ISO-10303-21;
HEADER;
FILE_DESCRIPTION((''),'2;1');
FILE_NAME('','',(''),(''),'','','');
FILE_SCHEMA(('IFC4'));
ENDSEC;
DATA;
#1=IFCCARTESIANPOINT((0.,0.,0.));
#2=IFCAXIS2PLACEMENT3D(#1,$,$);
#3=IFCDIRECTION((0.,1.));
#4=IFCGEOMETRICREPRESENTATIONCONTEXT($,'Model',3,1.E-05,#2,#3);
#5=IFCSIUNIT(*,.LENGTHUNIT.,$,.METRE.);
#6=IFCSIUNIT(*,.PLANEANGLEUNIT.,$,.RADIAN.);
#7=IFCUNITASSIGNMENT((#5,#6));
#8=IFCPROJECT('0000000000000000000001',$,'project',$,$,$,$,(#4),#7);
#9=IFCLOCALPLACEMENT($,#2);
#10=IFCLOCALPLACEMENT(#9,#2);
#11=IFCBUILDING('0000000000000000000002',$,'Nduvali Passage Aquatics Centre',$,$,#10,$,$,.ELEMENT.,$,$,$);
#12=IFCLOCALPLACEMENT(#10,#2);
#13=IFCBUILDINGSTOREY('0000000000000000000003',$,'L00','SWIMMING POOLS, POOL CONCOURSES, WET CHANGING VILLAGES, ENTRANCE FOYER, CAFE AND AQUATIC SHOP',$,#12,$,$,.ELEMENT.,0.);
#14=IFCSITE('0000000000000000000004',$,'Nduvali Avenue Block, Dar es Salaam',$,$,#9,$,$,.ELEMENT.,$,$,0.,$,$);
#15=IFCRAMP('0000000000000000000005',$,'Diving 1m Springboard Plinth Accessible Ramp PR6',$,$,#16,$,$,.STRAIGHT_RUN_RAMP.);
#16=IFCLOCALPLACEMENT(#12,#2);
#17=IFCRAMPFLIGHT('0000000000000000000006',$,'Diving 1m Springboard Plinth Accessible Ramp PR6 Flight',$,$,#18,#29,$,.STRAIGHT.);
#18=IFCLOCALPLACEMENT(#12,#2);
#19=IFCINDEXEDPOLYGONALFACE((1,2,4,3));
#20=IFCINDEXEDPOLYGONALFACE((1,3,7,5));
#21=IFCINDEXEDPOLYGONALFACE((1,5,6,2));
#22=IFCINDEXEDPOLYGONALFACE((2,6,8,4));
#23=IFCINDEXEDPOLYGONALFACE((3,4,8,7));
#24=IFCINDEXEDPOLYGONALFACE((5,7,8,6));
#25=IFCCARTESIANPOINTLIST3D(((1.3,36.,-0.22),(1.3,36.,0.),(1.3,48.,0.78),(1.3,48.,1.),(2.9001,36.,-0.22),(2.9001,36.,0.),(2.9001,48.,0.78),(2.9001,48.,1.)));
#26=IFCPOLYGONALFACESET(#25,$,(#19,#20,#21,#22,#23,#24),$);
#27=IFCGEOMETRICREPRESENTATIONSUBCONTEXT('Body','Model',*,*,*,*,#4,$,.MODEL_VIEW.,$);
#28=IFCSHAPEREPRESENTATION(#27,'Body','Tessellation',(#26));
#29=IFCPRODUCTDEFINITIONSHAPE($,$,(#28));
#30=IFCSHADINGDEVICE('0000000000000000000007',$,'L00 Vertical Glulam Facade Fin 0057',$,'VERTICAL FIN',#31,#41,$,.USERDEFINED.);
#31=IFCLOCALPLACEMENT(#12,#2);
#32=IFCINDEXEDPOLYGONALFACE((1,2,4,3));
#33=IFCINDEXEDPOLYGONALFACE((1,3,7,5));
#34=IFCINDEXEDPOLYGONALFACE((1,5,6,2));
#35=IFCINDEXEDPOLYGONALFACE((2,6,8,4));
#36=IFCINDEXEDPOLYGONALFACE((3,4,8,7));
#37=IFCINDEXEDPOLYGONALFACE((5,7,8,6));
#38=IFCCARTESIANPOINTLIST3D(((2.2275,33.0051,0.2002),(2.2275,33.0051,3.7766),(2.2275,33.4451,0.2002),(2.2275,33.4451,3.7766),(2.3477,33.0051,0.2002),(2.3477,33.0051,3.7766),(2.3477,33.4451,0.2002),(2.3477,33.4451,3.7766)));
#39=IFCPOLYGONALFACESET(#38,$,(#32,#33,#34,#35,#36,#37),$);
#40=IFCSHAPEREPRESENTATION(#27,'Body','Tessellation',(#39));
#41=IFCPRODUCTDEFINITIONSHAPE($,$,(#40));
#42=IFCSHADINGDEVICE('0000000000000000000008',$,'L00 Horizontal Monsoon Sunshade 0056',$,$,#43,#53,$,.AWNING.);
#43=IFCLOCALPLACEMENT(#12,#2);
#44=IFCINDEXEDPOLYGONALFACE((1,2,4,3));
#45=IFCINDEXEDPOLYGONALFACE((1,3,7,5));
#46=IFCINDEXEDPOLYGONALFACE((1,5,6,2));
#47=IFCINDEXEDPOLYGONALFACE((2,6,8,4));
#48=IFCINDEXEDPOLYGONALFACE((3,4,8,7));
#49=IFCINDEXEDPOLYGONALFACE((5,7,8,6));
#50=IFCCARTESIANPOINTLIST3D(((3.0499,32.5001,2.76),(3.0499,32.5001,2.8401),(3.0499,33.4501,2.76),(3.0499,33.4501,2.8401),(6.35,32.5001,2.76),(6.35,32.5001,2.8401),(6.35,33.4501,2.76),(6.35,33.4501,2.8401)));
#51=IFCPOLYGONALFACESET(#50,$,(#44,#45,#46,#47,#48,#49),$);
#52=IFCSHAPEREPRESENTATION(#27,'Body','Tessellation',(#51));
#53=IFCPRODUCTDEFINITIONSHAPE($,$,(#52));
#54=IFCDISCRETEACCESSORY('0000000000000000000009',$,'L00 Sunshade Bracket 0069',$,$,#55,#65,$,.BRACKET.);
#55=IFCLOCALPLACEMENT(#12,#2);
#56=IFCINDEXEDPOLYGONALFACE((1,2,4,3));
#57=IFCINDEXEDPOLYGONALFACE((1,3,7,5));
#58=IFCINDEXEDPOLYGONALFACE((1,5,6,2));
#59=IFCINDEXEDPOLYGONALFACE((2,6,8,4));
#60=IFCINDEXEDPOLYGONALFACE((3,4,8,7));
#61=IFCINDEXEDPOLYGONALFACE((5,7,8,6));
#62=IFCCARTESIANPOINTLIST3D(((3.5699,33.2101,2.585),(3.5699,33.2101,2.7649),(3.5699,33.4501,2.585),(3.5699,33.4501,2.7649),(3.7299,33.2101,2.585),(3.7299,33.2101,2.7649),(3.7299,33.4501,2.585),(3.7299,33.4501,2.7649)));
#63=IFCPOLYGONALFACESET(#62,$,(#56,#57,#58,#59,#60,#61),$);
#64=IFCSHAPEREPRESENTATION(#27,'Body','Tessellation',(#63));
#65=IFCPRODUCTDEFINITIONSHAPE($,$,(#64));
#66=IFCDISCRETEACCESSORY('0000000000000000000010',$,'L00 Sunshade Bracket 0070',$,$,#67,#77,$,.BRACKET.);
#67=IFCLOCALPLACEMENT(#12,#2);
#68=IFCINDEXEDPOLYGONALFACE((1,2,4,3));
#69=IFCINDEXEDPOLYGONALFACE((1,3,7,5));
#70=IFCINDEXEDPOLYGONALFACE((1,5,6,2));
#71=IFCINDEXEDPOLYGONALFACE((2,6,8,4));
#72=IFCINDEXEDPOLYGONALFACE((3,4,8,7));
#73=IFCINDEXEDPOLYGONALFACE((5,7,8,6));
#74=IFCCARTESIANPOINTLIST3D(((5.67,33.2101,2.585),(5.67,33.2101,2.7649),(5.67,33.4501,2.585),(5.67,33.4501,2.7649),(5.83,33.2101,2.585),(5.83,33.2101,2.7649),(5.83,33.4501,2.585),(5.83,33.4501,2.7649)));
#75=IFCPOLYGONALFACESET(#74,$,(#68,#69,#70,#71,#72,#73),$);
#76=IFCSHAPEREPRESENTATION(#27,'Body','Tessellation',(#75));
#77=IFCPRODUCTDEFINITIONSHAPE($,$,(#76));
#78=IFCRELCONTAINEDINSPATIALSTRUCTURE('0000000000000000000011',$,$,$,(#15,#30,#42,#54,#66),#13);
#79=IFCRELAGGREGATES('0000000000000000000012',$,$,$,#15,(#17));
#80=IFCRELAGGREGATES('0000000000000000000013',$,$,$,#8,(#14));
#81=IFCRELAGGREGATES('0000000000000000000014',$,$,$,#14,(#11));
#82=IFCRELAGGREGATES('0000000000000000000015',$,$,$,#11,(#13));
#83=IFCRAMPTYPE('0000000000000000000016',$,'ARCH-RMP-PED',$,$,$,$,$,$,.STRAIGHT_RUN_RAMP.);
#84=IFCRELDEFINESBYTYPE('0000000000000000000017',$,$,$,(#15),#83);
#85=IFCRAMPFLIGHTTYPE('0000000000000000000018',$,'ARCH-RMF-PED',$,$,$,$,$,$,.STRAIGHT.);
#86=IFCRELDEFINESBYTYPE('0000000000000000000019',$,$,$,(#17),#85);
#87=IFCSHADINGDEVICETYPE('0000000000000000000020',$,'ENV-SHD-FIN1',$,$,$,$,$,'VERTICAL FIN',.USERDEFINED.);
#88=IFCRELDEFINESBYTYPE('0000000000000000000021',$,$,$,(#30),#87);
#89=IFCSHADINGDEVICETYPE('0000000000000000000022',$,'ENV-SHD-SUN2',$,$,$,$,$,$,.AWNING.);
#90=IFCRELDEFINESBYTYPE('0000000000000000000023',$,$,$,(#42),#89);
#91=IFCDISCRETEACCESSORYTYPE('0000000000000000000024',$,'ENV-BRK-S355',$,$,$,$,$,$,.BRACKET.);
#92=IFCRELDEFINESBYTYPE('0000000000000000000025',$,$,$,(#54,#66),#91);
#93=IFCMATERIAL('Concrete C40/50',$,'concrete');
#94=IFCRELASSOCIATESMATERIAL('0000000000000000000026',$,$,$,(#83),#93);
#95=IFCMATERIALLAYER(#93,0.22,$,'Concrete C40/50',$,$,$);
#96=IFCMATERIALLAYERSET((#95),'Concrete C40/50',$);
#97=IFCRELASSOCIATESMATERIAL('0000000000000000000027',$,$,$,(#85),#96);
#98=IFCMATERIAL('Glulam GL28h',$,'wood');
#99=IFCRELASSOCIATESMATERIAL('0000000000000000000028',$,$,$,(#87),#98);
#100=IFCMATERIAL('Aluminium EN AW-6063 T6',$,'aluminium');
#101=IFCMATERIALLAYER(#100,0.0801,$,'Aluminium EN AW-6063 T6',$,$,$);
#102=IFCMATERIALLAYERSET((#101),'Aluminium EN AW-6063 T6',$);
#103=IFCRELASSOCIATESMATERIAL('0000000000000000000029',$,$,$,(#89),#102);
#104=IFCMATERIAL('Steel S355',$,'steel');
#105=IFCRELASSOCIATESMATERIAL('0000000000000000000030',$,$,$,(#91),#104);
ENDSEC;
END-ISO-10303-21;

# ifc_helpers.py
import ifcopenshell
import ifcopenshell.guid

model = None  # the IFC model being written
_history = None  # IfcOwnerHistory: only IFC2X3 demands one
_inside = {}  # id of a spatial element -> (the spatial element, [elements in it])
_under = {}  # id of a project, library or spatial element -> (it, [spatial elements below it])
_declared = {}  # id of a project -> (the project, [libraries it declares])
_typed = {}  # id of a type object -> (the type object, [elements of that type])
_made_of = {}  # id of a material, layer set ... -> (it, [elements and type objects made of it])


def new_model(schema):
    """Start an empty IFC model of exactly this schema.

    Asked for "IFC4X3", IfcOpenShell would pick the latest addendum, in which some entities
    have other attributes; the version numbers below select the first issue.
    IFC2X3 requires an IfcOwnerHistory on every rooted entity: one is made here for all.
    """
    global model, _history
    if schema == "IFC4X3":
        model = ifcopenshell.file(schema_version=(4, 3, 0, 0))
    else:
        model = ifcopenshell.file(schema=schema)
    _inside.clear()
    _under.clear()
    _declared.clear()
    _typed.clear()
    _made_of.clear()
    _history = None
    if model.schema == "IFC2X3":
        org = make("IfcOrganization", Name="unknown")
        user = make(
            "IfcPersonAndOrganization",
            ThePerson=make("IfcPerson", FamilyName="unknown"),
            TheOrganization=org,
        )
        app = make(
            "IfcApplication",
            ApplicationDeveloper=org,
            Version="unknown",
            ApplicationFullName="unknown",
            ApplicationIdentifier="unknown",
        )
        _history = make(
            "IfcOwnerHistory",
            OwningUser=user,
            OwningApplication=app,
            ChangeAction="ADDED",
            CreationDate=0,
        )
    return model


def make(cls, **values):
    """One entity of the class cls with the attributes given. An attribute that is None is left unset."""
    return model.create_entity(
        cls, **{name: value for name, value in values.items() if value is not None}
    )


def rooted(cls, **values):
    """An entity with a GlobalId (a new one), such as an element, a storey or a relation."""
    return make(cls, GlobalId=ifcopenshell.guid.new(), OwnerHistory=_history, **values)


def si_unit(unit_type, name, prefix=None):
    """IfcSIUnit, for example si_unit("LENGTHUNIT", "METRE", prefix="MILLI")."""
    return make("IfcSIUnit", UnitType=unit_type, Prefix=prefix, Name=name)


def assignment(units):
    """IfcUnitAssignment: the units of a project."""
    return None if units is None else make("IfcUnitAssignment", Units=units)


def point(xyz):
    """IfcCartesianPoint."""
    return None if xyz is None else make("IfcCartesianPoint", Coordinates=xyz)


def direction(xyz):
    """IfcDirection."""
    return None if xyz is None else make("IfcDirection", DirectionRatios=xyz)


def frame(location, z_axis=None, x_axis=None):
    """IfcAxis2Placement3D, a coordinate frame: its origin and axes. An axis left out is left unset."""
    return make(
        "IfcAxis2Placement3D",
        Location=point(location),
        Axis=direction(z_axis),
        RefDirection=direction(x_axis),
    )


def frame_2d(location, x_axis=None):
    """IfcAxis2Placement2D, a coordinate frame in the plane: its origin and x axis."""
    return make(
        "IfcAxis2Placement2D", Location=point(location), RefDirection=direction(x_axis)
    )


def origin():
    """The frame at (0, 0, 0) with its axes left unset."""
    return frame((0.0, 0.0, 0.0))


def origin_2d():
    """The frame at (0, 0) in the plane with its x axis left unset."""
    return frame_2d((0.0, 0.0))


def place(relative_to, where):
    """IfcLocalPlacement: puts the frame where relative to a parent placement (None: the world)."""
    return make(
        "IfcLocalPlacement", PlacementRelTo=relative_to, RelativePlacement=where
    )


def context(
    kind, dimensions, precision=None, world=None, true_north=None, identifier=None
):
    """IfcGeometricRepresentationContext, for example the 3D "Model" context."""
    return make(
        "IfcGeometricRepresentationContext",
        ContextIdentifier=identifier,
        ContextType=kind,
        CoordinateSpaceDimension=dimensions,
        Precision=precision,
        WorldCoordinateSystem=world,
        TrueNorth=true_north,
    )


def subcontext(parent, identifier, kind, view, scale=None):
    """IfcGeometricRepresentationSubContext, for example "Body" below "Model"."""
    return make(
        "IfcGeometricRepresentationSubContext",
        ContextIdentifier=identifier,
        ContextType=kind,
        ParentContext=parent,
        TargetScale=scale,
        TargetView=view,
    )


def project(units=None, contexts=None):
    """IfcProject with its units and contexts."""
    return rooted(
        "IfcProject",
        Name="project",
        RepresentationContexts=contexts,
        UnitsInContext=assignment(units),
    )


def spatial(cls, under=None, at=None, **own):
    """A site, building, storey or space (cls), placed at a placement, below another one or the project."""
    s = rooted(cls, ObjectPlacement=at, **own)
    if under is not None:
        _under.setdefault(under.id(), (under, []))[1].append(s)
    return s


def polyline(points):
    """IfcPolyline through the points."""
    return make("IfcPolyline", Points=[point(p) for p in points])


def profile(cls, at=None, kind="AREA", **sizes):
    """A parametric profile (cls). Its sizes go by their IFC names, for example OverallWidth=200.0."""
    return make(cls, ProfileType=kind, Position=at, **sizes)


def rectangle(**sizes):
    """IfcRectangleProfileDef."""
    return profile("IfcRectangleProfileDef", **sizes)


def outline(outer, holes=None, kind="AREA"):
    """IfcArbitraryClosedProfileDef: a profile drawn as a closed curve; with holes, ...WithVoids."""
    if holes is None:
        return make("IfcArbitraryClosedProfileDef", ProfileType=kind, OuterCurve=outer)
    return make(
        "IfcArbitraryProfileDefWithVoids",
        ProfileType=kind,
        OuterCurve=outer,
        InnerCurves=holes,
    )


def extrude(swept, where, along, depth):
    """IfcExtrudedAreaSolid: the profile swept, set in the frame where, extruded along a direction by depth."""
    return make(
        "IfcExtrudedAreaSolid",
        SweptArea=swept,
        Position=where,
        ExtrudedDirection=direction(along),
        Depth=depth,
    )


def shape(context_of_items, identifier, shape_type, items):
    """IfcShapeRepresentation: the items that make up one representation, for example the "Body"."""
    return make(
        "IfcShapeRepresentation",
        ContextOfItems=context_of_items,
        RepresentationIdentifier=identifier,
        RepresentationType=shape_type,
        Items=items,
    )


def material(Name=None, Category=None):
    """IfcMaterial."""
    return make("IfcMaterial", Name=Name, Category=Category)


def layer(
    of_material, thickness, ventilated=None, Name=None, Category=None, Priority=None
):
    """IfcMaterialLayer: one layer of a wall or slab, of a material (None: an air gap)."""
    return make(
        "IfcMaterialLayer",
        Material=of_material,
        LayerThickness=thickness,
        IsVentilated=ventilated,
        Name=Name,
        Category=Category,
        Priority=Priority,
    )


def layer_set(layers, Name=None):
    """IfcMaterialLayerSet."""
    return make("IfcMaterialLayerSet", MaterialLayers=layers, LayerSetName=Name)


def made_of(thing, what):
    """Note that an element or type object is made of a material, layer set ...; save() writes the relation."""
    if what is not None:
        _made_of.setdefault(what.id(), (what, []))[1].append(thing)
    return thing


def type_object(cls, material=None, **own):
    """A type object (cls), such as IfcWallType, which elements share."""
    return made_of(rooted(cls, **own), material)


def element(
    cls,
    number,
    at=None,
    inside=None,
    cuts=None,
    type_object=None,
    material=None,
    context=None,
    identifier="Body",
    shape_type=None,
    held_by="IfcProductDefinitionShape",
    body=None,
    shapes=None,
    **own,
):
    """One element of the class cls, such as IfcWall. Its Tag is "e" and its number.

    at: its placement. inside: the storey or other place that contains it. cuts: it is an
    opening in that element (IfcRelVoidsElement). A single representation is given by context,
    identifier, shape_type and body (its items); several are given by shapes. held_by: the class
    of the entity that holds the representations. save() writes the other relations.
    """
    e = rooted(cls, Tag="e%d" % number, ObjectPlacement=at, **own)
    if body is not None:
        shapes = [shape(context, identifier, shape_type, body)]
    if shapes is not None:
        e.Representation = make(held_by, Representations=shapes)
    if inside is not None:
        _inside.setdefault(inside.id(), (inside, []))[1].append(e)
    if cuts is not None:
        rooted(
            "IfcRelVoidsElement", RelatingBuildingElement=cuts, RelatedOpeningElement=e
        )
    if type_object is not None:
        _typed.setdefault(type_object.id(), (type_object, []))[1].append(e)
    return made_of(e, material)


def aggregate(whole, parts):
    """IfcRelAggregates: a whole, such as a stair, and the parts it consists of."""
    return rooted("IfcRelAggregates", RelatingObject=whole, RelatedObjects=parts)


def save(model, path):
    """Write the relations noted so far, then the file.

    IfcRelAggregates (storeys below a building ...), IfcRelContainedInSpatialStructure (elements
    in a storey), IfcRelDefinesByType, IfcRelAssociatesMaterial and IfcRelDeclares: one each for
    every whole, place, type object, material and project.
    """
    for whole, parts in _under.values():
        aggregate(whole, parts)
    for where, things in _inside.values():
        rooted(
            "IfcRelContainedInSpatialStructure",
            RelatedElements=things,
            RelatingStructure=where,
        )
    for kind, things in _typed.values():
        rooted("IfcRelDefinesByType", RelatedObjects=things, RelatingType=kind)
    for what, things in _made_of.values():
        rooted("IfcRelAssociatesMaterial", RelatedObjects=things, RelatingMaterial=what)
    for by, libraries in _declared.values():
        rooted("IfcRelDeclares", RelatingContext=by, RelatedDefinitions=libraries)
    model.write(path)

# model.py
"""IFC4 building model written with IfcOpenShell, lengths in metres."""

from ifc_helpers import new_model, si_unit, direction, frame, origin, origin_2d, place, context, subcontext, project, spatial, polyline, rectangle, outline, extrude, material, layer, layer_set, type_object, element, aggregate, save


model = new_model("IFC4")

# Units and contexts
model_context = context("Model", 3, precision=1e-05, world=origin(), true_north=direction((0.0, 1.0)))
body_context = subcontext(model_context, "Body", "Model", "MODEL_VIEW")
ifc_project = project(units=[si_unit("LENGTHUNIT", "METRE"), si_unit("PLANEANGLEUNIT", "RADIAN")], contexts=[model_context])

# Site, building, storey
site_placement = place(None, origin())
site = spatial("IfcSite", under=ifc_project, at=site_placement, Name="Nduvali Avenue Block, Dar es Salaam", CompositionType="ELEMENT", RefElevation=0.0)
building_placement = place(site_placement, origin())
building = spatial("IfcBuilding", under=site, at=building_placement, Name="Nduvali Passage Aquatics Centre", CompositionType="ELEMENT")
storey_placement = place(building_placement, origin())
storey = spatial("IfcBuildingStorey", under=building, at=storey_placement, Name="L00", Description="SWIMMING POOLS, POOL CONCOURSES, WET CHANGING VILLAGES, ENTRANCE FOYER, CAFE AND AQUATIC SHOP", CompositionType="ELEMENT", Elevation=0.0)

# Shared definitions
ifc_material_1 = material(Name="Concrete C40/50", Category="concrete")

# Shared definitions
ifc_material_2 = material(Name="Aluminium EN AW-6063 T6", Category="aluminium")

# Shared definitions
ifc_material_3 = material(Name="Steel S355", Category="steel")

# Ramp, ramp flight
ramp_type = type_object("IfcRampType", Name="ARCH-RMP-PED", PredefinedType="STRAIGHT_RUN_RAMP", material=ifc_material_1)
ramp_placement = place(storey_placement, origin())
ramp = element("IfcRamp", 1, at=ramp_placement, inside=storey, type_object=ramp_type, Name="Diving 1m Springboard Plinth Accessible Ramp PR6", PredefinedType="STRAIGHT_RUN_RAMP")
ifc_layer_1 = layer(ifc_material_1, 0.22, Name="Concrete C40/50")
ifc_layer_set_1 = layer_set([ifc_layer_1], Name="Concrete C40/50")
ramp_flight_type = type_object("IfcRampFlightType", Name="ARCH-RMF-PED", PredefinedType="STRAIGHT", material=ifc_layer_set_1)
ramp_flight_placement = place(storey_placement, frame((2.1001, 36.0, 0.0), z_axis=(0.0, 0.0, 1.0), x_axis=(0.0, 1.0, 0.0)))
ramp_flight = element("IfcRampFlight", 2, at=ramp_flight_placement, type_object=ramp_flight_type, Name="Diving 1m Springboard Plinth Accessible Ramp PR6 Flight", PredefinedType="STRAIGHT", context=body_context, shape_type="SweptSolid", body=[
    extrude(outline(polyline([(0.0, -0.22), (12.0, 0.78), (12.0, 1.0), (0.0, 0.0), (0.0, -0.22)])), frame((0.0, 0.8, 0.0), z_axis=(0.0, -1.0, 0.0), x_axis=(1.0, 0.0, 0.0)), (0.0, 0.0, 1.0), 1.6001),
])
aggregate(ramp, [ramp_flight])

# Shading devices
ifc_material_4 = material(Name="Glulam GL28h", Category="wood")
shading_device_type_1 = type_object("IfcShadingDeviceType", Name="ENV-SHD-FIN1", ElementType="VERTICAL FIN", PredefinedType="USERDEFINED", material=ifc_material_4)
shading_device_1_placement = place(storey_placement, frame((2.2876, 33.2251, 0.2002), z_axis=(0.0, 0.0, 1.0), x_axis=(1.0, 0.0, 0.0)))
element("IfcShadingDevice", 3, at=shading_device_1_placement, inside=storey, type_object=shading_device_type_1, Name="L00 Vertical Glulam Facade Fin 0057", ObjectType="VERTICAL FIN", PredefinedType="USERDEFINED", context=body_context, shape_type="SweptSolid", body=[
    extrude(rectangle(XDim=0.1201, YDim=0.4399, at=origin_2d()), origin(), (0.0, 0.0, 1.0), 3.5764),
])
ifc_layer_2 = layer(ifc_material_2, 0.0801, Name="Aluminium EN AW-6063 T6")
ifc_layer_set_2 = layer_set([ifc_layer_2], Name="Aluminium EN AW-6063 T6")
shading_device_type_2 = type_object("IfcShadingDeviceType", Name="ENV-SHD-SUN2", PredefinedType="AWNING", material=ifc_layer_set_2)
shading_device_2_placement = place(storey_placement, frame((4.7, 32.9751, 2.76), z_axis=(0.0, 0.0, 1.0), x_axis=(1.0, 0.0, 0.0)))
element("IfcShadingDevice", 4, at=shading_device_2_placement, inside=storey, type_object=shading_device_type_2, Name="L00 Horizontal Monsoon Sunshade 0056", PredefinedType="AWNING", context=body_context, shape_type="SweptSolid", body=[
    extrude(rectangle(XDim=3.3, YDim=0.95, at=origin_2d()), origin(), (0.0, 0.0, 1.0), 0.0801),
])

# Discrete accessories
discrete_accessory_type = type_object("IfcDiscreteAccessoryType", Name="ENV-BRK-S355", PredefinedType="BRACKET", material=ifc_material_3)
for number, where, z_axis, x_axis, name in (
    (5, (3.6499, 33.3301, 2.585), (0.0, 0.0, 1.0), (1.0, 0.0, 0.0), "L00 Sunshade Bracket 0069"),
    (6, (5.75, 33.3301, 2.585), (0.0, 0.0, 1.0), (1.0, 0.0, 0.0), "L00 Sunshade Bracket 0070"),
):
    element("IfcDiscreteAccessory", number, at=place(storey_placement, frame(where, z_axis=z_axis, x_axis=x_axis)), inside=storey, type_object=discrete_accessory_type, Name=name, PredefinedType="BRACKET", context=body_context, shape_type="SweptSolid", body=[
        extrude(rectangle(XDim=0.1599, YDim=0.24, at=origin_2d()), origin(), (0.0, 0.0, 1.0), 0.1799),
    ])

save(model, "model.ifc")
